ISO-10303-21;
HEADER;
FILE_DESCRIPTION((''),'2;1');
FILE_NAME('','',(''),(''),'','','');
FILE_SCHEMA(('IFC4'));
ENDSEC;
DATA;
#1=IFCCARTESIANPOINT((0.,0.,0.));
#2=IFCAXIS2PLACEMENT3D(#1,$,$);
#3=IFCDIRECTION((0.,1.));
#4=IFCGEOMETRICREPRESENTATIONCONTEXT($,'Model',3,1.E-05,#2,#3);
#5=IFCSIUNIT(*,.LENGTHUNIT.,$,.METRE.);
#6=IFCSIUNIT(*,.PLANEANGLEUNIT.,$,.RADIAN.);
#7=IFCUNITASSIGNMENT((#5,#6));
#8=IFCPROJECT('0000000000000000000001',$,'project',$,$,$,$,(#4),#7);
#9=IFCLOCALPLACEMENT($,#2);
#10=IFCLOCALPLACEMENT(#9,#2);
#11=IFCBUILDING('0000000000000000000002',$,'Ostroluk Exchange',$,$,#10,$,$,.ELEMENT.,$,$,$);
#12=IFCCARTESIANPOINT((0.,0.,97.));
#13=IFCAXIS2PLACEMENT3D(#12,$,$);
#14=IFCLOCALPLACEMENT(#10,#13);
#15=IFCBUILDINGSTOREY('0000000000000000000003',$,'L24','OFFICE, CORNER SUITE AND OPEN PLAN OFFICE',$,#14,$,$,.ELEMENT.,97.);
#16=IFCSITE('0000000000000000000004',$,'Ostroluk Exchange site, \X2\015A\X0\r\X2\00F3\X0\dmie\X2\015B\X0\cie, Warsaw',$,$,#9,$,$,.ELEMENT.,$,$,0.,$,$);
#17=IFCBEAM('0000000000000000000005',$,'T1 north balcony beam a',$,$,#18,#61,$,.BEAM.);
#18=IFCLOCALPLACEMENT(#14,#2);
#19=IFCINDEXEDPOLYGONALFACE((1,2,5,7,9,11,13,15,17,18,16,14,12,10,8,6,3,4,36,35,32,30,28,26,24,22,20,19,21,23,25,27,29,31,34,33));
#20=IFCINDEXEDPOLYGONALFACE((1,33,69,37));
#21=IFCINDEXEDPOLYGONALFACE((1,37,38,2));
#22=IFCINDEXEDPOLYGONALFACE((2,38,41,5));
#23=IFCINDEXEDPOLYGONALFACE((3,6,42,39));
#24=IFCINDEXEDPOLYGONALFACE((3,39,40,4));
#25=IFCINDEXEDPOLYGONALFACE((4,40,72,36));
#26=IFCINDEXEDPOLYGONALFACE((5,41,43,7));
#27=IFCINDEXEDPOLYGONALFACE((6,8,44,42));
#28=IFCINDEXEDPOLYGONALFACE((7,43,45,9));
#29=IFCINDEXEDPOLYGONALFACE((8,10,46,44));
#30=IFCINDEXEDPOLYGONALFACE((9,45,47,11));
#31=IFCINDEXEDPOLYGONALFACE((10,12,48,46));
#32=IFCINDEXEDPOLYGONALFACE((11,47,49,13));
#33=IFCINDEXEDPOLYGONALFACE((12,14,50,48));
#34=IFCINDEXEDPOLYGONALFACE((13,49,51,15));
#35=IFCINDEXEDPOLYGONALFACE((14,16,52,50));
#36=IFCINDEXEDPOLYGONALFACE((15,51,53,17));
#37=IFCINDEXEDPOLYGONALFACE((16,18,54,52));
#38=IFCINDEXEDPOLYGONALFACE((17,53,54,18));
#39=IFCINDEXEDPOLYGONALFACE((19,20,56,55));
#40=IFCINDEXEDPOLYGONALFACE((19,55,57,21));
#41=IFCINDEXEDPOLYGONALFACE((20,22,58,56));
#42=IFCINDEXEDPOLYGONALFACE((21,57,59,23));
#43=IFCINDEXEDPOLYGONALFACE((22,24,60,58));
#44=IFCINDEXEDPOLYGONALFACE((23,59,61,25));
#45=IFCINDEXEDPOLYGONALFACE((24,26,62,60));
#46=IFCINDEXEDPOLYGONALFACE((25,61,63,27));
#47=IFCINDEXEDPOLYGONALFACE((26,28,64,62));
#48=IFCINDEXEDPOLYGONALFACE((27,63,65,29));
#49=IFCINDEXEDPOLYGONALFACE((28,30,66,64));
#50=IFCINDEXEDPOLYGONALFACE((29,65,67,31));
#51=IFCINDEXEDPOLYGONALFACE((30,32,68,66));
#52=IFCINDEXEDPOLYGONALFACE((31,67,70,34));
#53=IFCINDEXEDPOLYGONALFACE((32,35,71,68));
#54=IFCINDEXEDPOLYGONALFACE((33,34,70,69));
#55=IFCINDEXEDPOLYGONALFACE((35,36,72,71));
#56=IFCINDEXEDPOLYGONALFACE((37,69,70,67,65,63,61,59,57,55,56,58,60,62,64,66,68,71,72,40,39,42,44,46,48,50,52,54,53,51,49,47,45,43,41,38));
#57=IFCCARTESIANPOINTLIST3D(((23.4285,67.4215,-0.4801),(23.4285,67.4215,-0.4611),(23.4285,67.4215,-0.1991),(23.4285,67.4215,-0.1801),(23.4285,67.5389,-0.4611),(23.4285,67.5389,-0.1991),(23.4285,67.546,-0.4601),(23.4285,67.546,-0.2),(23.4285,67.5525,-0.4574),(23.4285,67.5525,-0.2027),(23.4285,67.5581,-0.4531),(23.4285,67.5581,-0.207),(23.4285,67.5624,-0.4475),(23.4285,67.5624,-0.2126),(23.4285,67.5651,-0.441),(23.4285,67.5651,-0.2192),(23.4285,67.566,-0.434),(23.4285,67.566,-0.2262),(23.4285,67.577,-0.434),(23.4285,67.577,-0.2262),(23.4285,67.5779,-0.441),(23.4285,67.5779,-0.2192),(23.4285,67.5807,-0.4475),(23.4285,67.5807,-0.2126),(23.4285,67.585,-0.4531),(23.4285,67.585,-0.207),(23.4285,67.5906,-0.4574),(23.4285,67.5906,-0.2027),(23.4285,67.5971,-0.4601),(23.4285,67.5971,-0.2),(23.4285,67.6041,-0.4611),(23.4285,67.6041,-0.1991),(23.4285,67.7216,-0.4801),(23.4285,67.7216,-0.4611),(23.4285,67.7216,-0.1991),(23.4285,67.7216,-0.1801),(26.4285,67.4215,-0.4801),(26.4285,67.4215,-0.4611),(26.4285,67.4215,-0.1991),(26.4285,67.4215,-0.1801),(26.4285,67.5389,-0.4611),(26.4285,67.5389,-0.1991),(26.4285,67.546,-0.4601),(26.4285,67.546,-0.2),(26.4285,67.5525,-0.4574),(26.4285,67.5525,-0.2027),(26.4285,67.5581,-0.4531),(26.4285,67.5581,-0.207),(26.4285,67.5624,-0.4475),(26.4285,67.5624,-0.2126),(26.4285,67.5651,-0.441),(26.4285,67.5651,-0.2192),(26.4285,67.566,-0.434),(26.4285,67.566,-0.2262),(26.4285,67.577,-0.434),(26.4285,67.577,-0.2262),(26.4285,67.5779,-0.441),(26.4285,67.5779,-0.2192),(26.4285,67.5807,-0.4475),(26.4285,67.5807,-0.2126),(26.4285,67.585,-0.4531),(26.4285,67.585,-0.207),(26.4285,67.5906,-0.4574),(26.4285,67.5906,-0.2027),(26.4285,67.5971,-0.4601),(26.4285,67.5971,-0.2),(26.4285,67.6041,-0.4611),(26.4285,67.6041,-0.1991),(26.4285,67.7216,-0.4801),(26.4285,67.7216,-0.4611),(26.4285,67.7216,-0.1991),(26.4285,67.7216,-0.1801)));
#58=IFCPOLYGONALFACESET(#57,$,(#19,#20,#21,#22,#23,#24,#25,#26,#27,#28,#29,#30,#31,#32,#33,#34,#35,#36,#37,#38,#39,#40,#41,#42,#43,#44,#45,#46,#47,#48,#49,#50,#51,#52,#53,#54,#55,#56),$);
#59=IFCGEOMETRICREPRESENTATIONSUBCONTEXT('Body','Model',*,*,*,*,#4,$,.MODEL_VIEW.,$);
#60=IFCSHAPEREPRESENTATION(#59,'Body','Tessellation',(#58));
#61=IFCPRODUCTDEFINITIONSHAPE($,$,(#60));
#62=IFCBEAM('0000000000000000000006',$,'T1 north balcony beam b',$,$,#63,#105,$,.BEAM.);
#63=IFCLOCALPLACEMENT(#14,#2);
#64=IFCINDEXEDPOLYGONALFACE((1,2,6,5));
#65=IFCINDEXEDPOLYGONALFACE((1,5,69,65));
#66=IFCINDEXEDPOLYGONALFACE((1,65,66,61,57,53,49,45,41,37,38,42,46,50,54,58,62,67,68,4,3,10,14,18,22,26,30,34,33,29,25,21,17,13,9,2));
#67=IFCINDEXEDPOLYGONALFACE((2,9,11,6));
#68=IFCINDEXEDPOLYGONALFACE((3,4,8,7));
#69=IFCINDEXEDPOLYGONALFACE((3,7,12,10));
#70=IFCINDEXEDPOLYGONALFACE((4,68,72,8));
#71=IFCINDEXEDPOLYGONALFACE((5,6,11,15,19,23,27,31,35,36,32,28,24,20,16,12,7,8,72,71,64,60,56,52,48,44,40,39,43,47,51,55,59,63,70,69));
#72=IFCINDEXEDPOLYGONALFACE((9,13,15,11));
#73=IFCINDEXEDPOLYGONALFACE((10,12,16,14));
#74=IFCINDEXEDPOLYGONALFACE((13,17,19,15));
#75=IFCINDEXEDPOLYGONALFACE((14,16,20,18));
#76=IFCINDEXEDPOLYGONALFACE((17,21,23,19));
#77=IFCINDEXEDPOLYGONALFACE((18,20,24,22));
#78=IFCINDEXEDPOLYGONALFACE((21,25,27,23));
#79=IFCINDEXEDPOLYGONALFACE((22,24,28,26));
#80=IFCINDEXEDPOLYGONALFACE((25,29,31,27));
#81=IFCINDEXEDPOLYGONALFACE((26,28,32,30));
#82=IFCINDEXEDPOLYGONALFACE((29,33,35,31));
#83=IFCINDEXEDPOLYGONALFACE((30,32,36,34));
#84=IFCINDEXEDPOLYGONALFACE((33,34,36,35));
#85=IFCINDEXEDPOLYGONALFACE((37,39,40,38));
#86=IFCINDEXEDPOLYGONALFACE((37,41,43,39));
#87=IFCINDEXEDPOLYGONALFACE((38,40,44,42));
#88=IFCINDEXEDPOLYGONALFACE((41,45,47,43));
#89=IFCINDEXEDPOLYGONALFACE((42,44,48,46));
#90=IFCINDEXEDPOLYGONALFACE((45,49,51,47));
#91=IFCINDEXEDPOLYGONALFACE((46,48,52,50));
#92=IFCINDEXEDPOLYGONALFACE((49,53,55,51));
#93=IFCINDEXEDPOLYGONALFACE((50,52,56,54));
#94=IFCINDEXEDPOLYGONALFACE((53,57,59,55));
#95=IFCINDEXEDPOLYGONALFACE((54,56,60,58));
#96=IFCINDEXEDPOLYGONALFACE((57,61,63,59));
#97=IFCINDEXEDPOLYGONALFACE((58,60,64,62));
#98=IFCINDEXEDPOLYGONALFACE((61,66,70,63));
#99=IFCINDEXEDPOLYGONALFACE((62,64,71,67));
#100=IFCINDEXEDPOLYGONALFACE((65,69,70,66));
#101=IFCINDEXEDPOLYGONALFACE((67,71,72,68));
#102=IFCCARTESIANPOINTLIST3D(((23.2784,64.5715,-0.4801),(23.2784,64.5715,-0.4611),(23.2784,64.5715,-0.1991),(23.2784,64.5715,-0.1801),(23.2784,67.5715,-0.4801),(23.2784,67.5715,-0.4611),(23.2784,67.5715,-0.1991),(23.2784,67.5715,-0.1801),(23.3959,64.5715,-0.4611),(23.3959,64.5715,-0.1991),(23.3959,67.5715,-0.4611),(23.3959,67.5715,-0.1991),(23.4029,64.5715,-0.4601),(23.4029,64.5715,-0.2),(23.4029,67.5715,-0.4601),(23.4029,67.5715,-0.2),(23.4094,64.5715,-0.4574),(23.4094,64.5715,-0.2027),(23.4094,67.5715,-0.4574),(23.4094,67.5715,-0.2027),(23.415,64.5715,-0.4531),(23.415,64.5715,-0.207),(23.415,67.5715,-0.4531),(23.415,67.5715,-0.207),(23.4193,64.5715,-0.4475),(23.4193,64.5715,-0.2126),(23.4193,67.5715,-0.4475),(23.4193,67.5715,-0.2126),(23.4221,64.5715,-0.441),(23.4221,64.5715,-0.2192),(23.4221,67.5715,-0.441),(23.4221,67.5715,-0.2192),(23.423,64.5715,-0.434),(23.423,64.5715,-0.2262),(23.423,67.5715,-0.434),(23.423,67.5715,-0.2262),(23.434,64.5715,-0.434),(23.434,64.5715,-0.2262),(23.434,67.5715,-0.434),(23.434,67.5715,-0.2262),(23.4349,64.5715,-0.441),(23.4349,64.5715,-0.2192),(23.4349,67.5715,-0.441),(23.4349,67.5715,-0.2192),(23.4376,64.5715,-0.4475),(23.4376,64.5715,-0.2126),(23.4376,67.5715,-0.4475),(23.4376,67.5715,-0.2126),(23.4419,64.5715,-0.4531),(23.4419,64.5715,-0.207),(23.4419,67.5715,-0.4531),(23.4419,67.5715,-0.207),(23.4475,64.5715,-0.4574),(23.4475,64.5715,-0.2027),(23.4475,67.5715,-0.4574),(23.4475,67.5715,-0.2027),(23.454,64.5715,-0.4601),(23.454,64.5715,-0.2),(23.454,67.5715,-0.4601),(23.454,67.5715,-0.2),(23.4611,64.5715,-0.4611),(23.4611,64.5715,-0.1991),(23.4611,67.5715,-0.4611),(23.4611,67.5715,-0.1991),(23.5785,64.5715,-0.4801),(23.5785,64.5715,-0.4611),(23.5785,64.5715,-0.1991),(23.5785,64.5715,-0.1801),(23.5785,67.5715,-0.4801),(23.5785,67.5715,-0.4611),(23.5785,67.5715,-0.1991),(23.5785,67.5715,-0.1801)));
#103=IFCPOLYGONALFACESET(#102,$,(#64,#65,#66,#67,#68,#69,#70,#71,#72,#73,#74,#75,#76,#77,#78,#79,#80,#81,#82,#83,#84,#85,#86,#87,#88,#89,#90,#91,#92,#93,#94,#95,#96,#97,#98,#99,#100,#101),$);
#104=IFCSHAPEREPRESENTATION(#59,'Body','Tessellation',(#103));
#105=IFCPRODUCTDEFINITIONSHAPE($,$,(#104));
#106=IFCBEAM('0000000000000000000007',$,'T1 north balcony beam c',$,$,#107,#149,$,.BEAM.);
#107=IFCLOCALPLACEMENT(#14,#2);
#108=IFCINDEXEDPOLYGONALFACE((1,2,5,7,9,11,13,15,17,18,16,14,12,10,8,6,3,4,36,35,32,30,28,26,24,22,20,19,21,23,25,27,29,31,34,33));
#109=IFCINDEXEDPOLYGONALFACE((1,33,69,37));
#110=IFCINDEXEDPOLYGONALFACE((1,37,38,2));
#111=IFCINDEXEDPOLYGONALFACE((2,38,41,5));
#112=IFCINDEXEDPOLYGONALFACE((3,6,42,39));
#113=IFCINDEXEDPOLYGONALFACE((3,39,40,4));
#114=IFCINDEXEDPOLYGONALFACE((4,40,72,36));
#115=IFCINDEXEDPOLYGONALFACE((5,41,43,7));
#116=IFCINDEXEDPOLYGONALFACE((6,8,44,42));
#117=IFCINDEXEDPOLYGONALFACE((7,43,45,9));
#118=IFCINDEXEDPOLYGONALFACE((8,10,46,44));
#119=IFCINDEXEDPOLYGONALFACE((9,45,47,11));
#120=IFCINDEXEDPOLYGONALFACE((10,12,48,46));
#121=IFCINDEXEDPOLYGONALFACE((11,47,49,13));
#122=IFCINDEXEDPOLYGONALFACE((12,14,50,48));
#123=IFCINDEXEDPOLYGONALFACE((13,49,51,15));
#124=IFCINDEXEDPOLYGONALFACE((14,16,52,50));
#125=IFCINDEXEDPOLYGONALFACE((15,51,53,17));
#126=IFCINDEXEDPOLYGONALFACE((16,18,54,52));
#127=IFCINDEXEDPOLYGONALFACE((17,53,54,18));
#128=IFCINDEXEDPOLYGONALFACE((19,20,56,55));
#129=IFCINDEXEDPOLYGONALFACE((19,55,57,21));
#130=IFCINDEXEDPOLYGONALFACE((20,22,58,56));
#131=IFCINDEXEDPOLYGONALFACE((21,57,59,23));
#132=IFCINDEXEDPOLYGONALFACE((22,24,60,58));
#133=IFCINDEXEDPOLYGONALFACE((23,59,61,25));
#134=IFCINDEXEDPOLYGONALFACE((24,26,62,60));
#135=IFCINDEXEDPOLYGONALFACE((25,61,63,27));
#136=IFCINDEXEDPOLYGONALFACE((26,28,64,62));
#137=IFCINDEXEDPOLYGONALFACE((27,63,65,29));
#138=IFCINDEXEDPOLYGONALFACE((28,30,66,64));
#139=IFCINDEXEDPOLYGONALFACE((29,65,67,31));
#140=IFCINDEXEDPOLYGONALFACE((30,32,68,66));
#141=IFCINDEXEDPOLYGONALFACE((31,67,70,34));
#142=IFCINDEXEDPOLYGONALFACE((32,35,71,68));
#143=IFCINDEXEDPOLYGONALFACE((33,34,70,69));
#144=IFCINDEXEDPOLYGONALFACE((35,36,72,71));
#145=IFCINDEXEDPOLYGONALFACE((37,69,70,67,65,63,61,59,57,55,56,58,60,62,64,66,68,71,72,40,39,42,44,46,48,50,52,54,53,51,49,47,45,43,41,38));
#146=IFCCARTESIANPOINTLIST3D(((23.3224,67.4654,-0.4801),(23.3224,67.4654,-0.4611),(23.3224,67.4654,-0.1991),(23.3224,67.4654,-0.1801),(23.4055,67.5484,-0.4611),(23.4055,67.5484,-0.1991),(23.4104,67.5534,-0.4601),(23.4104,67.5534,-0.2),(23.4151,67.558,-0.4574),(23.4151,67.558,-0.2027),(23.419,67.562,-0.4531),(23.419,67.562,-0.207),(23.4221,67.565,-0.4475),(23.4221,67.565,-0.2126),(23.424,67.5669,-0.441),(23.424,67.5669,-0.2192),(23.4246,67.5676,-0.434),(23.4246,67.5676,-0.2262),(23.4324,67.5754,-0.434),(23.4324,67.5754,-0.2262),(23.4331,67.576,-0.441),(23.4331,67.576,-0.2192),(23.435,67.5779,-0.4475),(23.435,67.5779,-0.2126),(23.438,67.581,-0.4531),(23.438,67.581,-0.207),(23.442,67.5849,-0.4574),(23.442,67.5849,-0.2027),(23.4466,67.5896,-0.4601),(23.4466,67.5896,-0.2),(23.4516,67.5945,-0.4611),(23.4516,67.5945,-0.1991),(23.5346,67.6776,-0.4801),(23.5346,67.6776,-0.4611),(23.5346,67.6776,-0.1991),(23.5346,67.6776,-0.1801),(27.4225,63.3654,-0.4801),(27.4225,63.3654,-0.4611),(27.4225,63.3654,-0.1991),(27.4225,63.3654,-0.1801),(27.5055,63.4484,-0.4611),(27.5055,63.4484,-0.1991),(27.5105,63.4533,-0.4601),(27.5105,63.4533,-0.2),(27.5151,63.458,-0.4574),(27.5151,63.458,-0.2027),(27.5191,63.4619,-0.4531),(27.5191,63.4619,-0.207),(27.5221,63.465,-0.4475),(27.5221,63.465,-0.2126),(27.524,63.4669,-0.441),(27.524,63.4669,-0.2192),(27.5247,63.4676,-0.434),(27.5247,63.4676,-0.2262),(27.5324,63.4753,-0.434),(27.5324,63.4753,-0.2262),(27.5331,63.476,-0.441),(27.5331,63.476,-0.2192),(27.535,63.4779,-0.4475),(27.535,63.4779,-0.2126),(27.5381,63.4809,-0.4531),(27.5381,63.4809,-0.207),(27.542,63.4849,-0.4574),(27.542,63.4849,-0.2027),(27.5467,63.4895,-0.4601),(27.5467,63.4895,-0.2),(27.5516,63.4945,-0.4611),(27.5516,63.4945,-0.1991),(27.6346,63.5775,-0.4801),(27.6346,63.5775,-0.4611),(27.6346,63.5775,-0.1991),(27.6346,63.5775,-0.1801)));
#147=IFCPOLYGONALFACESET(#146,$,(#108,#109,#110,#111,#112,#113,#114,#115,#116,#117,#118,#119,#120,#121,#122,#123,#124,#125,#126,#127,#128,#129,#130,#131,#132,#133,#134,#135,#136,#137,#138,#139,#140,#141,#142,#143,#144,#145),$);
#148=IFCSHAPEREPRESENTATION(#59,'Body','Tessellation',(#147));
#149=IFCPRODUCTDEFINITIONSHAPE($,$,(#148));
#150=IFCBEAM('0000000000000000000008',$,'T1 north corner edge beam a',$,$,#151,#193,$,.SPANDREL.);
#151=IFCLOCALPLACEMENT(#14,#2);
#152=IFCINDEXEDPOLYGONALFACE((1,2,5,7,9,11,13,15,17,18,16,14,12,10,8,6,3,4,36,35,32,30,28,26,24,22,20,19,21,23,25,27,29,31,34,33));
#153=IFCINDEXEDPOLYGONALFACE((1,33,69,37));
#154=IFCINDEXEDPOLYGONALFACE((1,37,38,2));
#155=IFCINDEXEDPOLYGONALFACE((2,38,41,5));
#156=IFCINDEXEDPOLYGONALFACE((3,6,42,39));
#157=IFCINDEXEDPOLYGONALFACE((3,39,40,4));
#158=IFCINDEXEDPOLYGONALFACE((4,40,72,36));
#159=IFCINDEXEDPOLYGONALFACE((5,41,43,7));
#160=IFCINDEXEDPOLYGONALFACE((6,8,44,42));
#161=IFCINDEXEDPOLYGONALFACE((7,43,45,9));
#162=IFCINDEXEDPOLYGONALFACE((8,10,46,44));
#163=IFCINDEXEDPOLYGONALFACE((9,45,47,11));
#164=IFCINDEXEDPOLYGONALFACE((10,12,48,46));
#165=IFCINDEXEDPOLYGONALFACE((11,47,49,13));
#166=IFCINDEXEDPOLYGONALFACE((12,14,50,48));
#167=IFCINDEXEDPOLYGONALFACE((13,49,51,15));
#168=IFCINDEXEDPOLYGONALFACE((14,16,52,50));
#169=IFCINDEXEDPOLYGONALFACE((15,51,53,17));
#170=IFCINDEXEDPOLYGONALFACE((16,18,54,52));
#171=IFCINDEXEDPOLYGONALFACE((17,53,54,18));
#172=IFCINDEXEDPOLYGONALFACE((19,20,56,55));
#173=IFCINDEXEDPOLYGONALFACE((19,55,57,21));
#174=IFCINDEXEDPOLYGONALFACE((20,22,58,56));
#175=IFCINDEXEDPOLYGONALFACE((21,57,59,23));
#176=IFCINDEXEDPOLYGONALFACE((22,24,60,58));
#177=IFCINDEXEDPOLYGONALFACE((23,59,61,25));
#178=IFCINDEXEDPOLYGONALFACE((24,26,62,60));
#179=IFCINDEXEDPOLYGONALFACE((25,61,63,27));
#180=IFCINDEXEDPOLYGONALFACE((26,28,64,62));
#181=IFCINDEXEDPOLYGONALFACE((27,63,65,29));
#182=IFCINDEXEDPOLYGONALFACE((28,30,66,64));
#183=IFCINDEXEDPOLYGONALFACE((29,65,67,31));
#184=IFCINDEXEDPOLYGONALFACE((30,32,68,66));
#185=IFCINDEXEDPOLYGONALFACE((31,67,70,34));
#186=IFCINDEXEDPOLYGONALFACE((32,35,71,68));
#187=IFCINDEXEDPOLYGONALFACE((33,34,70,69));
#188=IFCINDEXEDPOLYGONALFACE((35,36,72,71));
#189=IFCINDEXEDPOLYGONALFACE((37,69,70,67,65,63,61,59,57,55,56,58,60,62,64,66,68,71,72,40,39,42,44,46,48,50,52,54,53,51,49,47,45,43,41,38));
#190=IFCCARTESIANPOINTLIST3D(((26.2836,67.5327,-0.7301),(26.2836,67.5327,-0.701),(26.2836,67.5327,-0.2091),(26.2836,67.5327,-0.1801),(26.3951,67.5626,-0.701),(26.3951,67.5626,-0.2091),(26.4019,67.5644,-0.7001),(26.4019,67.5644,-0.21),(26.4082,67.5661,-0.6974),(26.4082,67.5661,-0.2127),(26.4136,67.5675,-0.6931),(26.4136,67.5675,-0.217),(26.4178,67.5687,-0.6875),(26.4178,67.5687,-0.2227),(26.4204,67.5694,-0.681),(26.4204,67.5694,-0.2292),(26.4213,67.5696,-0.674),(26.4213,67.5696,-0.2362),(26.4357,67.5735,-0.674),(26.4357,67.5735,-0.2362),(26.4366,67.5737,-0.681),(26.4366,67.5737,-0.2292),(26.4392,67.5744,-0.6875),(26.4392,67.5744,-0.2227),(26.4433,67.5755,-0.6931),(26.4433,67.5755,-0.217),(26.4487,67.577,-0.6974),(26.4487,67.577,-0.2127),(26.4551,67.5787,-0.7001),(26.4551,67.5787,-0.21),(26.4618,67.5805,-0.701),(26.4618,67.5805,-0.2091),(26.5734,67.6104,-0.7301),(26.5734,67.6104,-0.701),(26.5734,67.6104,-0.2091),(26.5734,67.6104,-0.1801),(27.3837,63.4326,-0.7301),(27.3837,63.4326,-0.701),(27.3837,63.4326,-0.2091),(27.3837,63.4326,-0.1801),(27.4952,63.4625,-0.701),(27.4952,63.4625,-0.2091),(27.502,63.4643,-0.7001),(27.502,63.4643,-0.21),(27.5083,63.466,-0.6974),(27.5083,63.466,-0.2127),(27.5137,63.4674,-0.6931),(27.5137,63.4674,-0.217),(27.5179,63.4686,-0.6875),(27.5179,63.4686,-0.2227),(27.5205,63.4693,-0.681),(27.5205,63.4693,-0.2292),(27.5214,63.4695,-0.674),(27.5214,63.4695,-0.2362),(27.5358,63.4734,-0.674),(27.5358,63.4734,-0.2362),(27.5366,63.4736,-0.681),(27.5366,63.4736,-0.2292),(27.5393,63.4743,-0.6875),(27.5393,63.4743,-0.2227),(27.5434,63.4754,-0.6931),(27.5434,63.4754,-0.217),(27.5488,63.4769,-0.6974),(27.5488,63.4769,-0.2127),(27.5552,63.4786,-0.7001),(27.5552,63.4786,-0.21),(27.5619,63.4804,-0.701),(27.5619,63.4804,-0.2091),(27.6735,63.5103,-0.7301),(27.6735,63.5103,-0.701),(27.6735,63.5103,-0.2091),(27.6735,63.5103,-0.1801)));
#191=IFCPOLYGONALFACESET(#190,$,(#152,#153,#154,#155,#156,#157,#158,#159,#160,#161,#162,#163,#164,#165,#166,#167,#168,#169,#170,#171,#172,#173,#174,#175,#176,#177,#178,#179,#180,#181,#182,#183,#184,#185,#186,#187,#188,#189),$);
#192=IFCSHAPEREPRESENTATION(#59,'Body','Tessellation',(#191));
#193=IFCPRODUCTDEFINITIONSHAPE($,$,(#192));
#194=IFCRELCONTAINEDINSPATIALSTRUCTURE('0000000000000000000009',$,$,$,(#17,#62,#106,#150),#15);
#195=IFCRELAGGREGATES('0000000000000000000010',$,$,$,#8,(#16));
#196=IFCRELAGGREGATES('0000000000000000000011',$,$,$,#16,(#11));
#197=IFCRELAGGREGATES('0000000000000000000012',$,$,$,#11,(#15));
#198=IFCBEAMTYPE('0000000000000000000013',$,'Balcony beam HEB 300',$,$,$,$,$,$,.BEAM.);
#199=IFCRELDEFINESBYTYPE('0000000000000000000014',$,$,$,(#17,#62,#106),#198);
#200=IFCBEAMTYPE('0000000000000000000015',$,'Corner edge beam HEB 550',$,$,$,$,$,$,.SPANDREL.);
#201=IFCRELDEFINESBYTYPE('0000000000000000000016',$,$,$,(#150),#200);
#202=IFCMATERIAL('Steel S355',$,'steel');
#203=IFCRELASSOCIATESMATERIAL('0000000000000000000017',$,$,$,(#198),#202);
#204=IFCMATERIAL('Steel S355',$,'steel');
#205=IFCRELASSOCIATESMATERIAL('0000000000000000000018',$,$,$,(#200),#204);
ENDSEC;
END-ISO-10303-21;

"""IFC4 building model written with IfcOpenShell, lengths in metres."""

from ifc_helpers import new_model, si_unit, direction, frame, origin, origin_2d, place, context, subcontext, project, spatial, i_section, extrude, material, material_profile, profile_set, type_object, element, save


model = new_model("IFC4")

# Units and contexts
model_context = context("Model", 3, precision=1e-05, world=origin(), true_north=direction((0.0, 1.0)))
body_context = subcontext(model_context, "Body", "Model", "MODEL_VIEW")
ifc_project = project(units=[si_unit("LENGTHUNIT", "METRE"), si_unit("PLANEANGLEUNIT", "RADIAN")], contexts=[model_context])

# Site, building, storey
site_placement = place(None, origin())
site = spatial("IfcSite", under=ifc_project, at=site_placement, Name="Ostroluk Exchange site, Śródmieście, Warsaw", CompositionType="ELEMENT", RefElevation=0.0)
building_placement = place(site_placement, origin())
building = spatial("IfcBuilding", under=site, at=building_placement, Name="Ostroluk Exchange", CompositionType="ELEMENT")
storey_placement = place(building_placement, frame((0.0, 0.0, 97.0)))
storey = spatial("IfcBuildingStorey", under=building, at=storey_placement, Name="L24", Description="OFFICE, CORNER SUITE AND OPEN PLAN OFFICE", CompositionType="ELEMENT", Elevation=97.0)

# Beams
ifc_material_1 = material(Name="Steel S355", Category="steel")
ifc_material_profile_1 = material_profile(ifc_material_1, i_section(OverallWidth=0.3, OverallDepth=0.3, WebThickness=0.011, FlangeThickness=0.019, FilletRadius=0.0271, at=origin_2d()), Name="HEB 300")
ifc_profile_set_1 = profile_set([ifc_material_profile_1], Name="Steel S355")
beam_type_1 = type_object("IfcBeamType", Name="Balcony beam HEB 300", PredefinedType="BEAM", material=ifc_profile_set_1)
for number, where, z_axis, x_axis, name in (
    (1, (26.4285, 67.5715, -0.3301), (-1.0, 0.0, 0.0), (0.0, -1.0, 0.0), "T1 north balcony beam a"),
    (2, (23.4285, 64.5715, -0.3301), (0.0, 1.0, 0.0), (-1.0, 0.0, 0.0), "T1 north balcony beam b"),
):
    element("IfcBeam", number, at=place(storey_placement, frame(where, z_axis=z_axis, x_axis=x_axis)), inside=storey, type_object=beam_type_1, Name=name, PredefinedType="BEAM", context=body_context, shape_type="SweptSolid", body=[
        extrude(i_section(OverallWidth=0.3, OverallDepth=0.3, WebThickness=0.011, FlangeThickness=0.019, FilletRadius=0.0271, at=origin_2d()), origin(), (0.0, 0.0, 1.0), 3.0),
    ])
beam_1_placement = place(storey_placement, frame((27.5286, 63.4714, -0.3301), z_axis=(-0.707107, 0.707107, 0.0), x_axis=(-0.707107, -0.707107, 0.0)))
element("IfcBeam", 3, at=beam_1_placement, inside=storey, type_object=beam_type_1, Name="T1 north balcony beam c", PredefinedType="BEAM", context=body_context, shape_type="SweptSolid", body=[
    extrude(i_section(OverallWidth=0.3, OverallDepth=0.3, WebThickness=0.011, FlangeThickness=0.019, FilletRadius=0.0271, at=origin_2d()), origin(), (0.0, 0.0, 1.0), 5.7983),
])
ifc_material_2 = material(Name="Steel S355", Category="steel")
ifc_material_profile_2 = material_profile(ifc_material_2, i_section(OverallWidth=0.3, OverallDepth=0.55, WebThickness=0.0149, FlangeThickness=0.0291, FilletRadius=0.0271, at=origin_2d()), Name="HEB 550")
ifc_profile_set_2 = profile_set([ifc_material_profile_2], Name="Steel S355")
beam_type_2 = type_object("IfcBeamType", Name="Corner edge beam HEB 550", PredefinedType="SPANDREL", material=ifc_profile_set_2)
for number, where, z_axis, x_axis, name in (
    (4, (27.5286, 63.4714, -0.4551), (-0.259144, 0.965839, 0.0), (-0.965839, -0.259144, 0.0), "T1 north corner edge beam a"),
):
    element("IfcBeam", number, at=place(storey_placement, frame(where, z_axis=z_axis, x_axis=x_axis)), inside=storey, type_object=beam_type_2, Name=name, PredefinedType="SPANDREL", context=body_context, shape_type="SweptSolid", body=[
        extrude(i_section(OverallWidth=0.3, OverallDepth=0.55, WebThickness=0.0149, FlangeThickness=0.0291, FilletRadius=0.0271, at=origin_2d()), origin(), (0.0, 0.0, 1.0), 4.2451),
    ])

save(model, "model.ifc")
